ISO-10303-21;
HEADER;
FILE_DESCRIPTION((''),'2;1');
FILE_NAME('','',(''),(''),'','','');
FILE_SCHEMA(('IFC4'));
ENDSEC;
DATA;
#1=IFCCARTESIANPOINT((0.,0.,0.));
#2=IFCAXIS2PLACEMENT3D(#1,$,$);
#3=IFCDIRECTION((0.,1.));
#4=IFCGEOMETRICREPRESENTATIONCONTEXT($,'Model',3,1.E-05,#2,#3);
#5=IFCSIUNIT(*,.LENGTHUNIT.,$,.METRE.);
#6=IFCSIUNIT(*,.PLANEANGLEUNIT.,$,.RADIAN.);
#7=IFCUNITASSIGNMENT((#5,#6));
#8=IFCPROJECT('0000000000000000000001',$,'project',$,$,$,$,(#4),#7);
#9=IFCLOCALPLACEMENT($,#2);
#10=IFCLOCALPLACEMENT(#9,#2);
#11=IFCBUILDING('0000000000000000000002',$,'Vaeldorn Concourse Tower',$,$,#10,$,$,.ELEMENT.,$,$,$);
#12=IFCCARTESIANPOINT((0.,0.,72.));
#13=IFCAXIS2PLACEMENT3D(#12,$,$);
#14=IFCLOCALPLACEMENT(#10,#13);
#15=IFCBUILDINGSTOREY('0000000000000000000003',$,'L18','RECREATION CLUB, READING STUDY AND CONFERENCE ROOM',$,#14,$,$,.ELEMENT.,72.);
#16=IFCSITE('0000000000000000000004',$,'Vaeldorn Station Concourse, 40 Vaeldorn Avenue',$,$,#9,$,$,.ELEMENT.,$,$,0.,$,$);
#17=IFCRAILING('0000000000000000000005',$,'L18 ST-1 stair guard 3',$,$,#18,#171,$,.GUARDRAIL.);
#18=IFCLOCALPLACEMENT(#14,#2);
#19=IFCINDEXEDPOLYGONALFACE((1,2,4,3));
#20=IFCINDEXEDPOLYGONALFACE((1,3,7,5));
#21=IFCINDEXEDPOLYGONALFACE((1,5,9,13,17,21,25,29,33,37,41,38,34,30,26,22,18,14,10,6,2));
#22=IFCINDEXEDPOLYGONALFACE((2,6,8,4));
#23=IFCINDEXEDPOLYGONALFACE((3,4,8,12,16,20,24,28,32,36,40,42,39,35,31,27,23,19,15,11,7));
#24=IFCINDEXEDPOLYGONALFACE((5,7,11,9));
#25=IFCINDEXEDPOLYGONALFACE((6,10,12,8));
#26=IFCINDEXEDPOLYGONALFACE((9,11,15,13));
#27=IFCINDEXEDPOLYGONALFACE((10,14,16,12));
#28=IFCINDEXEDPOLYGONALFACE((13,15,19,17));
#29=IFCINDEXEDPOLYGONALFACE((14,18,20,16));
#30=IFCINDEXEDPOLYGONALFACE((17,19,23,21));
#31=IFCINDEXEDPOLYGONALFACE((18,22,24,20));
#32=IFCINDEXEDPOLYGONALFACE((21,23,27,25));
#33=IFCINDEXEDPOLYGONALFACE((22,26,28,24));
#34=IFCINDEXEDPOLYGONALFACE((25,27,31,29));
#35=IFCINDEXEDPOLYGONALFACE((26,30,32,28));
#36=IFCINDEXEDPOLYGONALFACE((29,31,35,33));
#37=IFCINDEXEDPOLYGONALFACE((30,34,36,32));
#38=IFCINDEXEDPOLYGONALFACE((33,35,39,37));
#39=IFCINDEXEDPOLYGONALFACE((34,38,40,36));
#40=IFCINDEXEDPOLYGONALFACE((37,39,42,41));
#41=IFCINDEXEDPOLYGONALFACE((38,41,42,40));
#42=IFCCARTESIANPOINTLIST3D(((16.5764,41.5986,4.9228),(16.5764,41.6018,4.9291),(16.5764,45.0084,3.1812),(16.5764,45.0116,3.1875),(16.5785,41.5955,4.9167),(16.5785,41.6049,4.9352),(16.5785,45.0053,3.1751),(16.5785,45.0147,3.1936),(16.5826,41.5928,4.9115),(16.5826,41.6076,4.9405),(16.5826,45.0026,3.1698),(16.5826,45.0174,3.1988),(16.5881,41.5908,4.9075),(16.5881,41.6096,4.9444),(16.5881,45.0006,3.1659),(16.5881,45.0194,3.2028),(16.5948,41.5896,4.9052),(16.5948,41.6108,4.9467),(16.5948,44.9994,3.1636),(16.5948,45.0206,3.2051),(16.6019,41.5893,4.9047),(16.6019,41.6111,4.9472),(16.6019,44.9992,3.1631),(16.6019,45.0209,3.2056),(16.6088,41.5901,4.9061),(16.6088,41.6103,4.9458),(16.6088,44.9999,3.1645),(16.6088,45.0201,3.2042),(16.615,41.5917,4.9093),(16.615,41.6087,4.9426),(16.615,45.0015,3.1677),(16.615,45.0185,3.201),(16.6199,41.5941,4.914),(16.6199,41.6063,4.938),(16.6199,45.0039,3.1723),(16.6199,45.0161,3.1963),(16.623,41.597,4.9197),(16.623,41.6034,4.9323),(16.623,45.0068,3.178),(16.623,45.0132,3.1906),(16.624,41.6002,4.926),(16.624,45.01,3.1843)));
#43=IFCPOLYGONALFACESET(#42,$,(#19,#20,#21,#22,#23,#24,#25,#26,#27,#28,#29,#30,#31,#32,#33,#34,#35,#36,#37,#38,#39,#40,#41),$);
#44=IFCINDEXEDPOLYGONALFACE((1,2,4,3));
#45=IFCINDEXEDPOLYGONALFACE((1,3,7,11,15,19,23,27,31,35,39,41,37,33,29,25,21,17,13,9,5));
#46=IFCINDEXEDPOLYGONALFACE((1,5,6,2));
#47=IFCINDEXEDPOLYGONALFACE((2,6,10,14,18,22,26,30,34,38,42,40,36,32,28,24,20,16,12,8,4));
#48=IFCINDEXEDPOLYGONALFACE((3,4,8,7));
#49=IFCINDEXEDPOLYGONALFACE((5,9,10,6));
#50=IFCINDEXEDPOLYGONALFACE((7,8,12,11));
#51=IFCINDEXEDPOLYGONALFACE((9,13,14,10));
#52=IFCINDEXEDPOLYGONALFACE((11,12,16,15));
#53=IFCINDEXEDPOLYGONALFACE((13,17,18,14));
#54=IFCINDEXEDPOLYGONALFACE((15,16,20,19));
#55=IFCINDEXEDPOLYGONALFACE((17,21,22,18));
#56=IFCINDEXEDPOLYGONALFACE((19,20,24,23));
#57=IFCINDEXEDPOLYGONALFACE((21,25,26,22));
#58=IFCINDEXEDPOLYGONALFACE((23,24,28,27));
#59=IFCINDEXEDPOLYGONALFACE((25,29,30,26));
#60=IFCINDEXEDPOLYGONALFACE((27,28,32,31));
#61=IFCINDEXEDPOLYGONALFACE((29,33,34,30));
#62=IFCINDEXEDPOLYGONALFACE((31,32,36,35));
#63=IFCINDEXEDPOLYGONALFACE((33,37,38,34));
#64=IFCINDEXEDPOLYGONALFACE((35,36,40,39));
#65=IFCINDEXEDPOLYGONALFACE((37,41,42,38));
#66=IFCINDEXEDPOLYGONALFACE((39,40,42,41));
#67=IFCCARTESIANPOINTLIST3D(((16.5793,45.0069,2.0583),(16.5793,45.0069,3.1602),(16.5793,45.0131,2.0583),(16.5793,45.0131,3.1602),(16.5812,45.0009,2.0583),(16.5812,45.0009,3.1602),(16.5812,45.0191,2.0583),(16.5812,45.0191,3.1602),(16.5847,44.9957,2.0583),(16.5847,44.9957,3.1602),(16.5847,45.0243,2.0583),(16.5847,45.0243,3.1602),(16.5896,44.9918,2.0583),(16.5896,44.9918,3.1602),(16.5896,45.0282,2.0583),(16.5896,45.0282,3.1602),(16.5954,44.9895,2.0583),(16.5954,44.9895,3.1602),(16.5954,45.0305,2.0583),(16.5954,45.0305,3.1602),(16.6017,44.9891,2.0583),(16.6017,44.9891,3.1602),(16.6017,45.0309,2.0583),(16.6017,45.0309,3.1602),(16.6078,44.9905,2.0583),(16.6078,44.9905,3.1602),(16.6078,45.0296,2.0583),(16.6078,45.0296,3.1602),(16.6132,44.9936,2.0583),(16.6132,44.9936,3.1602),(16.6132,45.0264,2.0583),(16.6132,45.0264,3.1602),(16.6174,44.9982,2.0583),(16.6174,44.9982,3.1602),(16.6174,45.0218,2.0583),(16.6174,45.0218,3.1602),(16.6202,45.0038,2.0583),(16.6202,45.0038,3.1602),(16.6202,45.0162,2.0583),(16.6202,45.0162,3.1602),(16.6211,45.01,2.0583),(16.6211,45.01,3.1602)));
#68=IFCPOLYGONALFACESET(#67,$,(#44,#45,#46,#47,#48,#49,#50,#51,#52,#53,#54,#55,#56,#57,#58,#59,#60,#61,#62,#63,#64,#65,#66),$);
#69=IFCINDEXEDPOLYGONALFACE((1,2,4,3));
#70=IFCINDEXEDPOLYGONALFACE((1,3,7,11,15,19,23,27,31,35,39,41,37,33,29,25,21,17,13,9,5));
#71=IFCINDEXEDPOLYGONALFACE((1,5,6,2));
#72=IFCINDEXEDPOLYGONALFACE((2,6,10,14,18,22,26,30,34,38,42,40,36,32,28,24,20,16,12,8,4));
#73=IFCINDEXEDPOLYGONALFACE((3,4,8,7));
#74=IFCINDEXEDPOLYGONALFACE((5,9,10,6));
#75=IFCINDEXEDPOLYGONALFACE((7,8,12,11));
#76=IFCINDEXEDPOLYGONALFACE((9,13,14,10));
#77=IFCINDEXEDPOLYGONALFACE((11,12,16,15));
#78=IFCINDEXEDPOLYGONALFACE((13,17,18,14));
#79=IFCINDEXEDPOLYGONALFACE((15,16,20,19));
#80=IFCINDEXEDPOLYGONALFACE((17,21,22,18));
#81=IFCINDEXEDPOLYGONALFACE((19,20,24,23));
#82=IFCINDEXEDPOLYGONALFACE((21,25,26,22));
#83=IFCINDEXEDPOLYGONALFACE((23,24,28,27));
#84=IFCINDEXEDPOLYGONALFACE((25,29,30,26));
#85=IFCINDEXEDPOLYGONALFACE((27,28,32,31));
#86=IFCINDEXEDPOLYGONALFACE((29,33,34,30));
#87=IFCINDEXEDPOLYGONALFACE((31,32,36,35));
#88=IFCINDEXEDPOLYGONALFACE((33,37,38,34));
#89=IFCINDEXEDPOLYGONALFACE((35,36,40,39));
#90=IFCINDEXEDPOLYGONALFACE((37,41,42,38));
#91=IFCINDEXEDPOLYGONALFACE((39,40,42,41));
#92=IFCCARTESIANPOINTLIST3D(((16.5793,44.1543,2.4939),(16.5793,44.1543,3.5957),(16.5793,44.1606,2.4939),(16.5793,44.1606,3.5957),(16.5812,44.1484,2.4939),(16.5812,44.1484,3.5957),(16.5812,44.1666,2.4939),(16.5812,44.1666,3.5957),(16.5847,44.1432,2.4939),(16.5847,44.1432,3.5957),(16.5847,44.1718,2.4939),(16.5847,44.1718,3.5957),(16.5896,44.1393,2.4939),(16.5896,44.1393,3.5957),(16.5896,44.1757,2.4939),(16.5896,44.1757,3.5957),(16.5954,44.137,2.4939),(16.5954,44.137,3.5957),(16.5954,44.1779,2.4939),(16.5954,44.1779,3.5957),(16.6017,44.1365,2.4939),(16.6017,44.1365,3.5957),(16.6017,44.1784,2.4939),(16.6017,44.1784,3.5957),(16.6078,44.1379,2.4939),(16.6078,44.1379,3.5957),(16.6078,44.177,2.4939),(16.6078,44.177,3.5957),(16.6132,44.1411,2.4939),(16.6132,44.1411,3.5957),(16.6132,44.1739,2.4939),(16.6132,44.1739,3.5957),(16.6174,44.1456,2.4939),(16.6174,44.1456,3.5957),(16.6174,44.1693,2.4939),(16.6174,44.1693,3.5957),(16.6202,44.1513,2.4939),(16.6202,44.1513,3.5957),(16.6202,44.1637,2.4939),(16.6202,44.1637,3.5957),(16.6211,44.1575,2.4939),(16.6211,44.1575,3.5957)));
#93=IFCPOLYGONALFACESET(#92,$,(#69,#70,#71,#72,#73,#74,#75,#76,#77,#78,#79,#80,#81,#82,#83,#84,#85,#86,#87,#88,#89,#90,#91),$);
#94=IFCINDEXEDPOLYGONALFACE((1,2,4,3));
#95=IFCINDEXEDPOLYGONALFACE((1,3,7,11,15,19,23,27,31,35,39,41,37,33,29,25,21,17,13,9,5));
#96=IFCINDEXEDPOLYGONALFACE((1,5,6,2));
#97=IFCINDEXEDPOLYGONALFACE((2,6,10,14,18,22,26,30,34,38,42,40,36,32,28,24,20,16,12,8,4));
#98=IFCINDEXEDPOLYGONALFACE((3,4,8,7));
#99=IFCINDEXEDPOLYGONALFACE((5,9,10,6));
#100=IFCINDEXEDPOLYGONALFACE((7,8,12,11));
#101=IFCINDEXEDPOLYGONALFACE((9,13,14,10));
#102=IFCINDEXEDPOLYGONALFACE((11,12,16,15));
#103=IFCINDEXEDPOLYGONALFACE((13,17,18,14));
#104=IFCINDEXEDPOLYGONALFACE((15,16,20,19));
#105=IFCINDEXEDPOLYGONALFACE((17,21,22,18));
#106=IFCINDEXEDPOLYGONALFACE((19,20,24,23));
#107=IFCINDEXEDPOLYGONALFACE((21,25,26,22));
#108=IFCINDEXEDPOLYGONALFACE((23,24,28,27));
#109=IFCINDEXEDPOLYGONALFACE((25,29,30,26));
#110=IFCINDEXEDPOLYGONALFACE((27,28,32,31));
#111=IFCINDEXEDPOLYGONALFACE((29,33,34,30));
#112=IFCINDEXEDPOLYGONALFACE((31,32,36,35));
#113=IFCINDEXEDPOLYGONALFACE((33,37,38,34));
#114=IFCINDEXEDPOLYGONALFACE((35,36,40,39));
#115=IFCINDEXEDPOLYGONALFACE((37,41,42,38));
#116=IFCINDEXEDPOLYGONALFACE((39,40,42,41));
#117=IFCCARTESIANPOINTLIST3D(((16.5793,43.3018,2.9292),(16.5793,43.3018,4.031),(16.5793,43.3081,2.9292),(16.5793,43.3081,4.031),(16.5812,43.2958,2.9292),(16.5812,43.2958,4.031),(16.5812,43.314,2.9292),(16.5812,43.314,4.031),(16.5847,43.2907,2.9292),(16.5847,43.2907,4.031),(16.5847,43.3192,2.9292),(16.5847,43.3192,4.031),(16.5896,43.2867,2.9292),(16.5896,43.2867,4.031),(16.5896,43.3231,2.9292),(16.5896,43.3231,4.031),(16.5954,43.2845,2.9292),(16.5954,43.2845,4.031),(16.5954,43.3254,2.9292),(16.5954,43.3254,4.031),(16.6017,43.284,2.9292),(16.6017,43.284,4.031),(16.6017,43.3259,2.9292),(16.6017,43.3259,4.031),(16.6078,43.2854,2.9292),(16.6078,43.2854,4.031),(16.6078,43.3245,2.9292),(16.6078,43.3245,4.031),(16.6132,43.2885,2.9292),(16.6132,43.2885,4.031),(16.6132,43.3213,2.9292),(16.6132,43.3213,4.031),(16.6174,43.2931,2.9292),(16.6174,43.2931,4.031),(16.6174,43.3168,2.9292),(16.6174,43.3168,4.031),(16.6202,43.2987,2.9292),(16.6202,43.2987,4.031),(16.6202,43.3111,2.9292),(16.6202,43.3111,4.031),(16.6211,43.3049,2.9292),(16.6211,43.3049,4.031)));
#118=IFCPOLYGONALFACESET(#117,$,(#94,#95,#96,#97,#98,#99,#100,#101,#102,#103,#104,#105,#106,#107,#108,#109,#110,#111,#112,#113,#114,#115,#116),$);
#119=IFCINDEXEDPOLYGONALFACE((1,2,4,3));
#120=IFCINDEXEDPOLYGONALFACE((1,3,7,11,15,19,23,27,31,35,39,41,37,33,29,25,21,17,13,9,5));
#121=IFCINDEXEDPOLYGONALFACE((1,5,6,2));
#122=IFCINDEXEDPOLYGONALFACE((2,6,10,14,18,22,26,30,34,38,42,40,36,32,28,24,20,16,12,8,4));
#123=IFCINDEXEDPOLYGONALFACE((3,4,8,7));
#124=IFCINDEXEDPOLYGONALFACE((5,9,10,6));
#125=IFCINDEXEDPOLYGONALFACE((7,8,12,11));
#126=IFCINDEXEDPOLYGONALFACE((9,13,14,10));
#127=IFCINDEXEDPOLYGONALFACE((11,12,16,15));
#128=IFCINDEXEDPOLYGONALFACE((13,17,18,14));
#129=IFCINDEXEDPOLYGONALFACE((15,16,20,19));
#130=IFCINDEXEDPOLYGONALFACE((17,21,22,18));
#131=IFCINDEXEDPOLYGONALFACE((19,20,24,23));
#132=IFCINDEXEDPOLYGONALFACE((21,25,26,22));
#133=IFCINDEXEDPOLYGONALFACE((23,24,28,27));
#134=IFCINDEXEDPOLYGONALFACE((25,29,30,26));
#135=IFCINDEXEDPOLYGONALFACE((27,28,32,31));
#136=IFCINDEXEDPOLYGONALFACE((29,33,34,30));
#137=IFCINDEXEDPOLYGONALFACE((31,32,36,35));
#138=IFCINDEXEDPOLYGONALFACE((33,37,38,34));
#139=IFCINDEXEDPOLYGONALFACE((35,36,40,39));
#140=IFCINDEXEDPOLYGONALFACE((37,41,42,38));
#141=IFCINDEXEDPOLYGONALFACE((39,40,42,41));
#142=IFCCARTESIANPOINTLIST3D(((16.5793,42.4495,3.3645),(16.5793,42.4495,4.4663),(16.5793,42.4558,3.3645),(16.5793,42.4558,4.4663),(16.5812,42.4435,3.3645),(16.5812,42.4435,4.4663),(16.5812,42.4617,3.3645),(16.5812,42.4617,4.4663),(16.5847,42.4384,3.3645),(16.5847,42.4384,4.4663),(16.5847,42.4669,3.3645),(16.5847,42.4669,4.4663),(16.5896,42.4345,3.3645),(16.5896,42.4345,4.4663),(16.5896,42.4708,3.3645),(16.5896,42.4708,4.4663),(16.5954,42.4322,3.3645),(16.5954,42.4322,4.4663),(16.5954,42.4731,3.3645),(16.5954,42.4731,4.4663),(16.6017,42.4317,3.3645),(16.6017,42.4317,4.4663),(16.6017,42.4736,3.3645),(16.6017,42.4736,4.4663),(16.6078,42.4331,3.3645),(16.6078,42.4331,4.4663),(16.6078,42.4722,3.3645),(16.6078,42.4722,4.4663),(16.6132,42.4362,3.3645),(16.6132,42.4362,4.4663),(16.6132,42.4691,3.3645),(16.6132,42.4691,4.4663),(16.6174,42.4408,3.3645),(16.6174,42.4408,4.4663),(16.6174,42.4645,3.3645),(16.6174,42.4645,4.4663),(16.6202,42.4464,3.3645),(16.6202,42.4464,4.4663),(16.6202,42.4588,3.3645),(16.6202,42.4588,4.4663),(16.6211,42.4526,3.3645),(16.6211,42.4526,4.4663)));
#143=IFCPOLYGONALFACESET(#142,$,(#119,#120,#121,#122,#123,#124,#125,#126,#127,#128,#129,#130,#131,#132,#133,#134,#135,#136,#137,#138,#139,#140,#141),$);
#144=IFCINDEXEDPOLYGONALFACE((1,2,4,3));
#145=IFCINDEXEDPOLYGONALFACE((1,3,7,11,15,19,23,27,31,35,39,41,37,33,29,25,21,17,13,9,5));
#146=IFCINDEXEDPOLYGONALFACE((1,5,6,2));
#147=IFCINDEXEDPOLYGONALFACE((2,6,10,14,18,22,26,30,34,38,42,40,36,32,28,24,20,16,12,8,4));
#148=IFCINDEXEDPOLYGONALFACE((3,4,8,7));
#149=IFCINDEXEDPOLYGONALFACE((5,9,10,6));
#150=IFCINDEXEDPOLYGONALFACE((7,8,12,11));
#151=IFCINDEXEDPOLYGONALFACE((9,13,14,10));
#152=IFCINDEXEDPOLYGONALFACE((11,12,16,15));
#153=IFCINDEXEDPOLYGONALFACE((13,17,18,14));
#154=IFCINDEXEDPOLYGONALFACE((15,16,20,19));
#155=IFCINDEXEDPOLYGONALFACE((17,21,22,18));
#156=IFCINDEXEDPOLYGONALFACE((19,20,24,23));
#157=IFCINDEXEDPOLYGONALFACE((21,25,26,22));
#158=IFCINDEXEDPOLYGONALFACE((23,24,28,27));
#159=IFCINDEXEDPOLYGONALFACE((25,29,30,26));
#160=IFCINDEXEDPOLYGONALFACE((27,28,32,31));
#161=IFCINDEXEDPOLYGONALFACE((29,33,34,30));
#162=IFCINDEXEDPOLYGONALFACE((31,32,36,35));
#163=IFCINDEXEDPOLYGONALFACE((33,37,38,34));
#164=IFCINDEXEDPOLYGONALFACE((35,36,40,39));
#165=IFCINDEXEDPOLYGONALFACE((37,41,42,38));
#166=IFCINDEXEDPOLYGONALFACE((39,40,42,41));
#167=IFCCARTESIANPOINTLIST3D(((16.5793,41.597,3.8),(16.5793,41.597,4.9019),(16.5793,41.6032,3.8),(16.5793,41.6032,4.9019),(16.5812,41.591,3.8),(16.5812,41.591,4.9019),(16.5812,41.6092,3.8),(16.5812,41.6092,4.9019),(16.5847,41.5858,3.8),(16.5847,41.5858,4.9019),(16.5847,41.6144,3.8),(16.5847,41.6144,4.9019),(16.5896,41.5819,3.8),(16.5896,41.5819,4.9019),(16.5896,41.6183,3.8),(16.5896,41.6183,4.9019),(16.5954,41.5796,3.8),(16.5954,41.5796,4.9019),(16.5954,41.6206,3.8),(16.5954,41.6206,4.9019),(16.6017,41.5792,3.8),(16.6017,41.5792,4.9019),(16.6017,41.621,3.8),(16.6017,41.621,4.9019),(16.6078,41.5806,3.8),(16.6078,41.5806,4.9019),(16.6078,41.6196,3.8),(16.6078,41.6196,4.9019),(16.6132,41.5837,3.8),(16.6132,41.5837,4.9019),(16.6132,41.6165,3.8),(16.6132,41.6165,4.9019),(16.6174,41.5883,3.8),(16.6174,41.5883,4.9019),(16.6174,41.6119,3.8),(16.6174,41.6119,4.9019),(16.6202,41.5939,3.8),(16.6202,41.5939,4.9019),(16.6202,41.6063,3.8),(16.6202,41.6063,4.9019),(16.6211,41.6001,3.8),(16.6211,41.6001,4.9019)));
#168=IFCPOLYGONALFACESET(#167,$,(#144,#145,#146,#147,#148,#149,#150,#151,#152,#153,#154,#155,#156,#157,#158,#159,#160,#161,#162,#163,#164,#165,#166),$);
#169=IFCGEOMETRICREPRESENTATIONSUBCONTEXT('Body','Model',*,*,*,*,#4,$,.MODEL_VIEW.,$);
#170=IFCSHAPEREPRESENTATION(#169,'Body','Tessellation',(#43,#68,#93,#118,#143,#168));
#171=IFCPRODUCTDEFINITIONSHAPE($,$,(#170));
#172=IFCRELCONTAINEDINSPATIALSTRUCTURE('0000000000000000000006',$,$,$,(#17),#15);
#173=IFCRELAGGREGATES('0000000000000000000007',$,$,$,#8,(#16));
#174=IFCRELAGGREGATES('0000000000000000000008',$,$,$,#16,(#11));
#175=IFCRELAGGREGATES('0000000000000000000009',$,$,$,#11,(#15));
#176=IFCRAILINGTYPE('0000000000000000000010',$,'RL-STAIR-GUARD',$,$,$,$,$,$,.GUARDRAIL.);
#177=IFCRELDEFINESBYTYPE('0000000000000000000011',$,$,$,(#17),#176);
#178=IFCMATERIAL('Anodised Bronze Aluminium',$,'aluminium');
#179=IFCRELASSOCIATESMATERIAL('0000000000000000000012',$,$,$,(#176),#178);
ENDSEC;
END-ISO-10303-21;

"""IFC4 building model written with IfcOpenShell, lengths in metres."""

from ifc_helpers import new_model, si_unit, direction, frame, origin, origin_2d, place, context, subcontext, project, spatial, circle, extrude, material, type_object, element, save


model = new_model("IFC4")

# Units and contexts
model_context = context("Model", 3, precision=1e-05, world=origin(), true_north=direction((0.0, 1.0)))
body_context = subcontext(model_context, "Body", "Model", "MODEL_VIEW")
ifc_project = project(units=[si_unit("LENGTHUNIT", "METRE"), si_unit("PLANEANGLEUNIT", "RADIAN")], contexts=[model_context])

# Site, building, storey
site_placement = place(None, origin())
site = spatial("IfcSite", under=ifc_project, at=site_placement, Name="Vaeldorn Station Concourse, 40 Vaeldorn Avenue", CompositionType="ELEMENT", RefElevation=0.0)
building_placement = place(site_placement, origin())
building = spatial("IfcBuilding", under=site, at=building_placement, Name="Vaeldorn Concourse Tower", CompositionType="ELEMENT")
storey_placement = place(building_placement, frame((0.0, 0.0, 72.0)))
storey = spatial("IfcBuildingStorey", under=building, at=storey_placement, Name="L18", Description="RECREATION CLUB, READING STUDY AND CONFERENCE ROOM", CompositionType="ELEMENT", Elevation=72.0)

# Shared definitions
ifc_material_1 = material(Name="Anodised Bronze Aluminium", Category="aluminium")

# Railing
railing_type_1 = type_object("IfcRailingType", Name="RL-STAIR-GUARD", PredefinedType="GUARDRAIL", material=ifc_material_1)
railing_1_placement = place(storey_placement, frame((16.6001, 45.01, 2.0583)))
element("IfcRailing", 1, at=railing_1_placement, inside=storey, type_object=railing_type_1, Name="L18 ST-1 stair guard 3", PredefinedType="GUARDRAIL", context=body_context, shape_type="SweptSolid", body=[
    extrude(circle(Radius=0.0239, at=origin_2d()), frame((0.0, 0.0, 1.126), z_axis=(0.0, -0.890556, 0.454874), x_axis=(1.0, 0.0, 0.0)), (0.0, 0.0, 1.0), 3.8289),
    extrude(circle(Radius=0.021, at=origin_2d()), origin(), (0.0, 0.0, 1.0), 1.1018),
    extrude(circle(Radius=0.021, at=origin_2d()), frame((0.0, -0.8525, 0.4355)), (0.0, 0.0, 1.0), 1.1018),
    extrude(circle(Radius=0.021, at=origin_2d()), frame((0.0, -1.7051, 0.8708)), (0.0, 0.0, 1.0), 1.1018),
    extrude(circle(Radius=0.021, at=origin_2d()), frame((0.0, -2.5574, 1.3062)), (0.0, 0.0, 1.0), 1.1018),
    extrude(circle(Radius=0.021, at=origin_2d()), frame((0.0, -3.4099, 1.7417)), (0.0, 0.0, 1.0), 1.1018),
])

save(model, "model.ifc")
